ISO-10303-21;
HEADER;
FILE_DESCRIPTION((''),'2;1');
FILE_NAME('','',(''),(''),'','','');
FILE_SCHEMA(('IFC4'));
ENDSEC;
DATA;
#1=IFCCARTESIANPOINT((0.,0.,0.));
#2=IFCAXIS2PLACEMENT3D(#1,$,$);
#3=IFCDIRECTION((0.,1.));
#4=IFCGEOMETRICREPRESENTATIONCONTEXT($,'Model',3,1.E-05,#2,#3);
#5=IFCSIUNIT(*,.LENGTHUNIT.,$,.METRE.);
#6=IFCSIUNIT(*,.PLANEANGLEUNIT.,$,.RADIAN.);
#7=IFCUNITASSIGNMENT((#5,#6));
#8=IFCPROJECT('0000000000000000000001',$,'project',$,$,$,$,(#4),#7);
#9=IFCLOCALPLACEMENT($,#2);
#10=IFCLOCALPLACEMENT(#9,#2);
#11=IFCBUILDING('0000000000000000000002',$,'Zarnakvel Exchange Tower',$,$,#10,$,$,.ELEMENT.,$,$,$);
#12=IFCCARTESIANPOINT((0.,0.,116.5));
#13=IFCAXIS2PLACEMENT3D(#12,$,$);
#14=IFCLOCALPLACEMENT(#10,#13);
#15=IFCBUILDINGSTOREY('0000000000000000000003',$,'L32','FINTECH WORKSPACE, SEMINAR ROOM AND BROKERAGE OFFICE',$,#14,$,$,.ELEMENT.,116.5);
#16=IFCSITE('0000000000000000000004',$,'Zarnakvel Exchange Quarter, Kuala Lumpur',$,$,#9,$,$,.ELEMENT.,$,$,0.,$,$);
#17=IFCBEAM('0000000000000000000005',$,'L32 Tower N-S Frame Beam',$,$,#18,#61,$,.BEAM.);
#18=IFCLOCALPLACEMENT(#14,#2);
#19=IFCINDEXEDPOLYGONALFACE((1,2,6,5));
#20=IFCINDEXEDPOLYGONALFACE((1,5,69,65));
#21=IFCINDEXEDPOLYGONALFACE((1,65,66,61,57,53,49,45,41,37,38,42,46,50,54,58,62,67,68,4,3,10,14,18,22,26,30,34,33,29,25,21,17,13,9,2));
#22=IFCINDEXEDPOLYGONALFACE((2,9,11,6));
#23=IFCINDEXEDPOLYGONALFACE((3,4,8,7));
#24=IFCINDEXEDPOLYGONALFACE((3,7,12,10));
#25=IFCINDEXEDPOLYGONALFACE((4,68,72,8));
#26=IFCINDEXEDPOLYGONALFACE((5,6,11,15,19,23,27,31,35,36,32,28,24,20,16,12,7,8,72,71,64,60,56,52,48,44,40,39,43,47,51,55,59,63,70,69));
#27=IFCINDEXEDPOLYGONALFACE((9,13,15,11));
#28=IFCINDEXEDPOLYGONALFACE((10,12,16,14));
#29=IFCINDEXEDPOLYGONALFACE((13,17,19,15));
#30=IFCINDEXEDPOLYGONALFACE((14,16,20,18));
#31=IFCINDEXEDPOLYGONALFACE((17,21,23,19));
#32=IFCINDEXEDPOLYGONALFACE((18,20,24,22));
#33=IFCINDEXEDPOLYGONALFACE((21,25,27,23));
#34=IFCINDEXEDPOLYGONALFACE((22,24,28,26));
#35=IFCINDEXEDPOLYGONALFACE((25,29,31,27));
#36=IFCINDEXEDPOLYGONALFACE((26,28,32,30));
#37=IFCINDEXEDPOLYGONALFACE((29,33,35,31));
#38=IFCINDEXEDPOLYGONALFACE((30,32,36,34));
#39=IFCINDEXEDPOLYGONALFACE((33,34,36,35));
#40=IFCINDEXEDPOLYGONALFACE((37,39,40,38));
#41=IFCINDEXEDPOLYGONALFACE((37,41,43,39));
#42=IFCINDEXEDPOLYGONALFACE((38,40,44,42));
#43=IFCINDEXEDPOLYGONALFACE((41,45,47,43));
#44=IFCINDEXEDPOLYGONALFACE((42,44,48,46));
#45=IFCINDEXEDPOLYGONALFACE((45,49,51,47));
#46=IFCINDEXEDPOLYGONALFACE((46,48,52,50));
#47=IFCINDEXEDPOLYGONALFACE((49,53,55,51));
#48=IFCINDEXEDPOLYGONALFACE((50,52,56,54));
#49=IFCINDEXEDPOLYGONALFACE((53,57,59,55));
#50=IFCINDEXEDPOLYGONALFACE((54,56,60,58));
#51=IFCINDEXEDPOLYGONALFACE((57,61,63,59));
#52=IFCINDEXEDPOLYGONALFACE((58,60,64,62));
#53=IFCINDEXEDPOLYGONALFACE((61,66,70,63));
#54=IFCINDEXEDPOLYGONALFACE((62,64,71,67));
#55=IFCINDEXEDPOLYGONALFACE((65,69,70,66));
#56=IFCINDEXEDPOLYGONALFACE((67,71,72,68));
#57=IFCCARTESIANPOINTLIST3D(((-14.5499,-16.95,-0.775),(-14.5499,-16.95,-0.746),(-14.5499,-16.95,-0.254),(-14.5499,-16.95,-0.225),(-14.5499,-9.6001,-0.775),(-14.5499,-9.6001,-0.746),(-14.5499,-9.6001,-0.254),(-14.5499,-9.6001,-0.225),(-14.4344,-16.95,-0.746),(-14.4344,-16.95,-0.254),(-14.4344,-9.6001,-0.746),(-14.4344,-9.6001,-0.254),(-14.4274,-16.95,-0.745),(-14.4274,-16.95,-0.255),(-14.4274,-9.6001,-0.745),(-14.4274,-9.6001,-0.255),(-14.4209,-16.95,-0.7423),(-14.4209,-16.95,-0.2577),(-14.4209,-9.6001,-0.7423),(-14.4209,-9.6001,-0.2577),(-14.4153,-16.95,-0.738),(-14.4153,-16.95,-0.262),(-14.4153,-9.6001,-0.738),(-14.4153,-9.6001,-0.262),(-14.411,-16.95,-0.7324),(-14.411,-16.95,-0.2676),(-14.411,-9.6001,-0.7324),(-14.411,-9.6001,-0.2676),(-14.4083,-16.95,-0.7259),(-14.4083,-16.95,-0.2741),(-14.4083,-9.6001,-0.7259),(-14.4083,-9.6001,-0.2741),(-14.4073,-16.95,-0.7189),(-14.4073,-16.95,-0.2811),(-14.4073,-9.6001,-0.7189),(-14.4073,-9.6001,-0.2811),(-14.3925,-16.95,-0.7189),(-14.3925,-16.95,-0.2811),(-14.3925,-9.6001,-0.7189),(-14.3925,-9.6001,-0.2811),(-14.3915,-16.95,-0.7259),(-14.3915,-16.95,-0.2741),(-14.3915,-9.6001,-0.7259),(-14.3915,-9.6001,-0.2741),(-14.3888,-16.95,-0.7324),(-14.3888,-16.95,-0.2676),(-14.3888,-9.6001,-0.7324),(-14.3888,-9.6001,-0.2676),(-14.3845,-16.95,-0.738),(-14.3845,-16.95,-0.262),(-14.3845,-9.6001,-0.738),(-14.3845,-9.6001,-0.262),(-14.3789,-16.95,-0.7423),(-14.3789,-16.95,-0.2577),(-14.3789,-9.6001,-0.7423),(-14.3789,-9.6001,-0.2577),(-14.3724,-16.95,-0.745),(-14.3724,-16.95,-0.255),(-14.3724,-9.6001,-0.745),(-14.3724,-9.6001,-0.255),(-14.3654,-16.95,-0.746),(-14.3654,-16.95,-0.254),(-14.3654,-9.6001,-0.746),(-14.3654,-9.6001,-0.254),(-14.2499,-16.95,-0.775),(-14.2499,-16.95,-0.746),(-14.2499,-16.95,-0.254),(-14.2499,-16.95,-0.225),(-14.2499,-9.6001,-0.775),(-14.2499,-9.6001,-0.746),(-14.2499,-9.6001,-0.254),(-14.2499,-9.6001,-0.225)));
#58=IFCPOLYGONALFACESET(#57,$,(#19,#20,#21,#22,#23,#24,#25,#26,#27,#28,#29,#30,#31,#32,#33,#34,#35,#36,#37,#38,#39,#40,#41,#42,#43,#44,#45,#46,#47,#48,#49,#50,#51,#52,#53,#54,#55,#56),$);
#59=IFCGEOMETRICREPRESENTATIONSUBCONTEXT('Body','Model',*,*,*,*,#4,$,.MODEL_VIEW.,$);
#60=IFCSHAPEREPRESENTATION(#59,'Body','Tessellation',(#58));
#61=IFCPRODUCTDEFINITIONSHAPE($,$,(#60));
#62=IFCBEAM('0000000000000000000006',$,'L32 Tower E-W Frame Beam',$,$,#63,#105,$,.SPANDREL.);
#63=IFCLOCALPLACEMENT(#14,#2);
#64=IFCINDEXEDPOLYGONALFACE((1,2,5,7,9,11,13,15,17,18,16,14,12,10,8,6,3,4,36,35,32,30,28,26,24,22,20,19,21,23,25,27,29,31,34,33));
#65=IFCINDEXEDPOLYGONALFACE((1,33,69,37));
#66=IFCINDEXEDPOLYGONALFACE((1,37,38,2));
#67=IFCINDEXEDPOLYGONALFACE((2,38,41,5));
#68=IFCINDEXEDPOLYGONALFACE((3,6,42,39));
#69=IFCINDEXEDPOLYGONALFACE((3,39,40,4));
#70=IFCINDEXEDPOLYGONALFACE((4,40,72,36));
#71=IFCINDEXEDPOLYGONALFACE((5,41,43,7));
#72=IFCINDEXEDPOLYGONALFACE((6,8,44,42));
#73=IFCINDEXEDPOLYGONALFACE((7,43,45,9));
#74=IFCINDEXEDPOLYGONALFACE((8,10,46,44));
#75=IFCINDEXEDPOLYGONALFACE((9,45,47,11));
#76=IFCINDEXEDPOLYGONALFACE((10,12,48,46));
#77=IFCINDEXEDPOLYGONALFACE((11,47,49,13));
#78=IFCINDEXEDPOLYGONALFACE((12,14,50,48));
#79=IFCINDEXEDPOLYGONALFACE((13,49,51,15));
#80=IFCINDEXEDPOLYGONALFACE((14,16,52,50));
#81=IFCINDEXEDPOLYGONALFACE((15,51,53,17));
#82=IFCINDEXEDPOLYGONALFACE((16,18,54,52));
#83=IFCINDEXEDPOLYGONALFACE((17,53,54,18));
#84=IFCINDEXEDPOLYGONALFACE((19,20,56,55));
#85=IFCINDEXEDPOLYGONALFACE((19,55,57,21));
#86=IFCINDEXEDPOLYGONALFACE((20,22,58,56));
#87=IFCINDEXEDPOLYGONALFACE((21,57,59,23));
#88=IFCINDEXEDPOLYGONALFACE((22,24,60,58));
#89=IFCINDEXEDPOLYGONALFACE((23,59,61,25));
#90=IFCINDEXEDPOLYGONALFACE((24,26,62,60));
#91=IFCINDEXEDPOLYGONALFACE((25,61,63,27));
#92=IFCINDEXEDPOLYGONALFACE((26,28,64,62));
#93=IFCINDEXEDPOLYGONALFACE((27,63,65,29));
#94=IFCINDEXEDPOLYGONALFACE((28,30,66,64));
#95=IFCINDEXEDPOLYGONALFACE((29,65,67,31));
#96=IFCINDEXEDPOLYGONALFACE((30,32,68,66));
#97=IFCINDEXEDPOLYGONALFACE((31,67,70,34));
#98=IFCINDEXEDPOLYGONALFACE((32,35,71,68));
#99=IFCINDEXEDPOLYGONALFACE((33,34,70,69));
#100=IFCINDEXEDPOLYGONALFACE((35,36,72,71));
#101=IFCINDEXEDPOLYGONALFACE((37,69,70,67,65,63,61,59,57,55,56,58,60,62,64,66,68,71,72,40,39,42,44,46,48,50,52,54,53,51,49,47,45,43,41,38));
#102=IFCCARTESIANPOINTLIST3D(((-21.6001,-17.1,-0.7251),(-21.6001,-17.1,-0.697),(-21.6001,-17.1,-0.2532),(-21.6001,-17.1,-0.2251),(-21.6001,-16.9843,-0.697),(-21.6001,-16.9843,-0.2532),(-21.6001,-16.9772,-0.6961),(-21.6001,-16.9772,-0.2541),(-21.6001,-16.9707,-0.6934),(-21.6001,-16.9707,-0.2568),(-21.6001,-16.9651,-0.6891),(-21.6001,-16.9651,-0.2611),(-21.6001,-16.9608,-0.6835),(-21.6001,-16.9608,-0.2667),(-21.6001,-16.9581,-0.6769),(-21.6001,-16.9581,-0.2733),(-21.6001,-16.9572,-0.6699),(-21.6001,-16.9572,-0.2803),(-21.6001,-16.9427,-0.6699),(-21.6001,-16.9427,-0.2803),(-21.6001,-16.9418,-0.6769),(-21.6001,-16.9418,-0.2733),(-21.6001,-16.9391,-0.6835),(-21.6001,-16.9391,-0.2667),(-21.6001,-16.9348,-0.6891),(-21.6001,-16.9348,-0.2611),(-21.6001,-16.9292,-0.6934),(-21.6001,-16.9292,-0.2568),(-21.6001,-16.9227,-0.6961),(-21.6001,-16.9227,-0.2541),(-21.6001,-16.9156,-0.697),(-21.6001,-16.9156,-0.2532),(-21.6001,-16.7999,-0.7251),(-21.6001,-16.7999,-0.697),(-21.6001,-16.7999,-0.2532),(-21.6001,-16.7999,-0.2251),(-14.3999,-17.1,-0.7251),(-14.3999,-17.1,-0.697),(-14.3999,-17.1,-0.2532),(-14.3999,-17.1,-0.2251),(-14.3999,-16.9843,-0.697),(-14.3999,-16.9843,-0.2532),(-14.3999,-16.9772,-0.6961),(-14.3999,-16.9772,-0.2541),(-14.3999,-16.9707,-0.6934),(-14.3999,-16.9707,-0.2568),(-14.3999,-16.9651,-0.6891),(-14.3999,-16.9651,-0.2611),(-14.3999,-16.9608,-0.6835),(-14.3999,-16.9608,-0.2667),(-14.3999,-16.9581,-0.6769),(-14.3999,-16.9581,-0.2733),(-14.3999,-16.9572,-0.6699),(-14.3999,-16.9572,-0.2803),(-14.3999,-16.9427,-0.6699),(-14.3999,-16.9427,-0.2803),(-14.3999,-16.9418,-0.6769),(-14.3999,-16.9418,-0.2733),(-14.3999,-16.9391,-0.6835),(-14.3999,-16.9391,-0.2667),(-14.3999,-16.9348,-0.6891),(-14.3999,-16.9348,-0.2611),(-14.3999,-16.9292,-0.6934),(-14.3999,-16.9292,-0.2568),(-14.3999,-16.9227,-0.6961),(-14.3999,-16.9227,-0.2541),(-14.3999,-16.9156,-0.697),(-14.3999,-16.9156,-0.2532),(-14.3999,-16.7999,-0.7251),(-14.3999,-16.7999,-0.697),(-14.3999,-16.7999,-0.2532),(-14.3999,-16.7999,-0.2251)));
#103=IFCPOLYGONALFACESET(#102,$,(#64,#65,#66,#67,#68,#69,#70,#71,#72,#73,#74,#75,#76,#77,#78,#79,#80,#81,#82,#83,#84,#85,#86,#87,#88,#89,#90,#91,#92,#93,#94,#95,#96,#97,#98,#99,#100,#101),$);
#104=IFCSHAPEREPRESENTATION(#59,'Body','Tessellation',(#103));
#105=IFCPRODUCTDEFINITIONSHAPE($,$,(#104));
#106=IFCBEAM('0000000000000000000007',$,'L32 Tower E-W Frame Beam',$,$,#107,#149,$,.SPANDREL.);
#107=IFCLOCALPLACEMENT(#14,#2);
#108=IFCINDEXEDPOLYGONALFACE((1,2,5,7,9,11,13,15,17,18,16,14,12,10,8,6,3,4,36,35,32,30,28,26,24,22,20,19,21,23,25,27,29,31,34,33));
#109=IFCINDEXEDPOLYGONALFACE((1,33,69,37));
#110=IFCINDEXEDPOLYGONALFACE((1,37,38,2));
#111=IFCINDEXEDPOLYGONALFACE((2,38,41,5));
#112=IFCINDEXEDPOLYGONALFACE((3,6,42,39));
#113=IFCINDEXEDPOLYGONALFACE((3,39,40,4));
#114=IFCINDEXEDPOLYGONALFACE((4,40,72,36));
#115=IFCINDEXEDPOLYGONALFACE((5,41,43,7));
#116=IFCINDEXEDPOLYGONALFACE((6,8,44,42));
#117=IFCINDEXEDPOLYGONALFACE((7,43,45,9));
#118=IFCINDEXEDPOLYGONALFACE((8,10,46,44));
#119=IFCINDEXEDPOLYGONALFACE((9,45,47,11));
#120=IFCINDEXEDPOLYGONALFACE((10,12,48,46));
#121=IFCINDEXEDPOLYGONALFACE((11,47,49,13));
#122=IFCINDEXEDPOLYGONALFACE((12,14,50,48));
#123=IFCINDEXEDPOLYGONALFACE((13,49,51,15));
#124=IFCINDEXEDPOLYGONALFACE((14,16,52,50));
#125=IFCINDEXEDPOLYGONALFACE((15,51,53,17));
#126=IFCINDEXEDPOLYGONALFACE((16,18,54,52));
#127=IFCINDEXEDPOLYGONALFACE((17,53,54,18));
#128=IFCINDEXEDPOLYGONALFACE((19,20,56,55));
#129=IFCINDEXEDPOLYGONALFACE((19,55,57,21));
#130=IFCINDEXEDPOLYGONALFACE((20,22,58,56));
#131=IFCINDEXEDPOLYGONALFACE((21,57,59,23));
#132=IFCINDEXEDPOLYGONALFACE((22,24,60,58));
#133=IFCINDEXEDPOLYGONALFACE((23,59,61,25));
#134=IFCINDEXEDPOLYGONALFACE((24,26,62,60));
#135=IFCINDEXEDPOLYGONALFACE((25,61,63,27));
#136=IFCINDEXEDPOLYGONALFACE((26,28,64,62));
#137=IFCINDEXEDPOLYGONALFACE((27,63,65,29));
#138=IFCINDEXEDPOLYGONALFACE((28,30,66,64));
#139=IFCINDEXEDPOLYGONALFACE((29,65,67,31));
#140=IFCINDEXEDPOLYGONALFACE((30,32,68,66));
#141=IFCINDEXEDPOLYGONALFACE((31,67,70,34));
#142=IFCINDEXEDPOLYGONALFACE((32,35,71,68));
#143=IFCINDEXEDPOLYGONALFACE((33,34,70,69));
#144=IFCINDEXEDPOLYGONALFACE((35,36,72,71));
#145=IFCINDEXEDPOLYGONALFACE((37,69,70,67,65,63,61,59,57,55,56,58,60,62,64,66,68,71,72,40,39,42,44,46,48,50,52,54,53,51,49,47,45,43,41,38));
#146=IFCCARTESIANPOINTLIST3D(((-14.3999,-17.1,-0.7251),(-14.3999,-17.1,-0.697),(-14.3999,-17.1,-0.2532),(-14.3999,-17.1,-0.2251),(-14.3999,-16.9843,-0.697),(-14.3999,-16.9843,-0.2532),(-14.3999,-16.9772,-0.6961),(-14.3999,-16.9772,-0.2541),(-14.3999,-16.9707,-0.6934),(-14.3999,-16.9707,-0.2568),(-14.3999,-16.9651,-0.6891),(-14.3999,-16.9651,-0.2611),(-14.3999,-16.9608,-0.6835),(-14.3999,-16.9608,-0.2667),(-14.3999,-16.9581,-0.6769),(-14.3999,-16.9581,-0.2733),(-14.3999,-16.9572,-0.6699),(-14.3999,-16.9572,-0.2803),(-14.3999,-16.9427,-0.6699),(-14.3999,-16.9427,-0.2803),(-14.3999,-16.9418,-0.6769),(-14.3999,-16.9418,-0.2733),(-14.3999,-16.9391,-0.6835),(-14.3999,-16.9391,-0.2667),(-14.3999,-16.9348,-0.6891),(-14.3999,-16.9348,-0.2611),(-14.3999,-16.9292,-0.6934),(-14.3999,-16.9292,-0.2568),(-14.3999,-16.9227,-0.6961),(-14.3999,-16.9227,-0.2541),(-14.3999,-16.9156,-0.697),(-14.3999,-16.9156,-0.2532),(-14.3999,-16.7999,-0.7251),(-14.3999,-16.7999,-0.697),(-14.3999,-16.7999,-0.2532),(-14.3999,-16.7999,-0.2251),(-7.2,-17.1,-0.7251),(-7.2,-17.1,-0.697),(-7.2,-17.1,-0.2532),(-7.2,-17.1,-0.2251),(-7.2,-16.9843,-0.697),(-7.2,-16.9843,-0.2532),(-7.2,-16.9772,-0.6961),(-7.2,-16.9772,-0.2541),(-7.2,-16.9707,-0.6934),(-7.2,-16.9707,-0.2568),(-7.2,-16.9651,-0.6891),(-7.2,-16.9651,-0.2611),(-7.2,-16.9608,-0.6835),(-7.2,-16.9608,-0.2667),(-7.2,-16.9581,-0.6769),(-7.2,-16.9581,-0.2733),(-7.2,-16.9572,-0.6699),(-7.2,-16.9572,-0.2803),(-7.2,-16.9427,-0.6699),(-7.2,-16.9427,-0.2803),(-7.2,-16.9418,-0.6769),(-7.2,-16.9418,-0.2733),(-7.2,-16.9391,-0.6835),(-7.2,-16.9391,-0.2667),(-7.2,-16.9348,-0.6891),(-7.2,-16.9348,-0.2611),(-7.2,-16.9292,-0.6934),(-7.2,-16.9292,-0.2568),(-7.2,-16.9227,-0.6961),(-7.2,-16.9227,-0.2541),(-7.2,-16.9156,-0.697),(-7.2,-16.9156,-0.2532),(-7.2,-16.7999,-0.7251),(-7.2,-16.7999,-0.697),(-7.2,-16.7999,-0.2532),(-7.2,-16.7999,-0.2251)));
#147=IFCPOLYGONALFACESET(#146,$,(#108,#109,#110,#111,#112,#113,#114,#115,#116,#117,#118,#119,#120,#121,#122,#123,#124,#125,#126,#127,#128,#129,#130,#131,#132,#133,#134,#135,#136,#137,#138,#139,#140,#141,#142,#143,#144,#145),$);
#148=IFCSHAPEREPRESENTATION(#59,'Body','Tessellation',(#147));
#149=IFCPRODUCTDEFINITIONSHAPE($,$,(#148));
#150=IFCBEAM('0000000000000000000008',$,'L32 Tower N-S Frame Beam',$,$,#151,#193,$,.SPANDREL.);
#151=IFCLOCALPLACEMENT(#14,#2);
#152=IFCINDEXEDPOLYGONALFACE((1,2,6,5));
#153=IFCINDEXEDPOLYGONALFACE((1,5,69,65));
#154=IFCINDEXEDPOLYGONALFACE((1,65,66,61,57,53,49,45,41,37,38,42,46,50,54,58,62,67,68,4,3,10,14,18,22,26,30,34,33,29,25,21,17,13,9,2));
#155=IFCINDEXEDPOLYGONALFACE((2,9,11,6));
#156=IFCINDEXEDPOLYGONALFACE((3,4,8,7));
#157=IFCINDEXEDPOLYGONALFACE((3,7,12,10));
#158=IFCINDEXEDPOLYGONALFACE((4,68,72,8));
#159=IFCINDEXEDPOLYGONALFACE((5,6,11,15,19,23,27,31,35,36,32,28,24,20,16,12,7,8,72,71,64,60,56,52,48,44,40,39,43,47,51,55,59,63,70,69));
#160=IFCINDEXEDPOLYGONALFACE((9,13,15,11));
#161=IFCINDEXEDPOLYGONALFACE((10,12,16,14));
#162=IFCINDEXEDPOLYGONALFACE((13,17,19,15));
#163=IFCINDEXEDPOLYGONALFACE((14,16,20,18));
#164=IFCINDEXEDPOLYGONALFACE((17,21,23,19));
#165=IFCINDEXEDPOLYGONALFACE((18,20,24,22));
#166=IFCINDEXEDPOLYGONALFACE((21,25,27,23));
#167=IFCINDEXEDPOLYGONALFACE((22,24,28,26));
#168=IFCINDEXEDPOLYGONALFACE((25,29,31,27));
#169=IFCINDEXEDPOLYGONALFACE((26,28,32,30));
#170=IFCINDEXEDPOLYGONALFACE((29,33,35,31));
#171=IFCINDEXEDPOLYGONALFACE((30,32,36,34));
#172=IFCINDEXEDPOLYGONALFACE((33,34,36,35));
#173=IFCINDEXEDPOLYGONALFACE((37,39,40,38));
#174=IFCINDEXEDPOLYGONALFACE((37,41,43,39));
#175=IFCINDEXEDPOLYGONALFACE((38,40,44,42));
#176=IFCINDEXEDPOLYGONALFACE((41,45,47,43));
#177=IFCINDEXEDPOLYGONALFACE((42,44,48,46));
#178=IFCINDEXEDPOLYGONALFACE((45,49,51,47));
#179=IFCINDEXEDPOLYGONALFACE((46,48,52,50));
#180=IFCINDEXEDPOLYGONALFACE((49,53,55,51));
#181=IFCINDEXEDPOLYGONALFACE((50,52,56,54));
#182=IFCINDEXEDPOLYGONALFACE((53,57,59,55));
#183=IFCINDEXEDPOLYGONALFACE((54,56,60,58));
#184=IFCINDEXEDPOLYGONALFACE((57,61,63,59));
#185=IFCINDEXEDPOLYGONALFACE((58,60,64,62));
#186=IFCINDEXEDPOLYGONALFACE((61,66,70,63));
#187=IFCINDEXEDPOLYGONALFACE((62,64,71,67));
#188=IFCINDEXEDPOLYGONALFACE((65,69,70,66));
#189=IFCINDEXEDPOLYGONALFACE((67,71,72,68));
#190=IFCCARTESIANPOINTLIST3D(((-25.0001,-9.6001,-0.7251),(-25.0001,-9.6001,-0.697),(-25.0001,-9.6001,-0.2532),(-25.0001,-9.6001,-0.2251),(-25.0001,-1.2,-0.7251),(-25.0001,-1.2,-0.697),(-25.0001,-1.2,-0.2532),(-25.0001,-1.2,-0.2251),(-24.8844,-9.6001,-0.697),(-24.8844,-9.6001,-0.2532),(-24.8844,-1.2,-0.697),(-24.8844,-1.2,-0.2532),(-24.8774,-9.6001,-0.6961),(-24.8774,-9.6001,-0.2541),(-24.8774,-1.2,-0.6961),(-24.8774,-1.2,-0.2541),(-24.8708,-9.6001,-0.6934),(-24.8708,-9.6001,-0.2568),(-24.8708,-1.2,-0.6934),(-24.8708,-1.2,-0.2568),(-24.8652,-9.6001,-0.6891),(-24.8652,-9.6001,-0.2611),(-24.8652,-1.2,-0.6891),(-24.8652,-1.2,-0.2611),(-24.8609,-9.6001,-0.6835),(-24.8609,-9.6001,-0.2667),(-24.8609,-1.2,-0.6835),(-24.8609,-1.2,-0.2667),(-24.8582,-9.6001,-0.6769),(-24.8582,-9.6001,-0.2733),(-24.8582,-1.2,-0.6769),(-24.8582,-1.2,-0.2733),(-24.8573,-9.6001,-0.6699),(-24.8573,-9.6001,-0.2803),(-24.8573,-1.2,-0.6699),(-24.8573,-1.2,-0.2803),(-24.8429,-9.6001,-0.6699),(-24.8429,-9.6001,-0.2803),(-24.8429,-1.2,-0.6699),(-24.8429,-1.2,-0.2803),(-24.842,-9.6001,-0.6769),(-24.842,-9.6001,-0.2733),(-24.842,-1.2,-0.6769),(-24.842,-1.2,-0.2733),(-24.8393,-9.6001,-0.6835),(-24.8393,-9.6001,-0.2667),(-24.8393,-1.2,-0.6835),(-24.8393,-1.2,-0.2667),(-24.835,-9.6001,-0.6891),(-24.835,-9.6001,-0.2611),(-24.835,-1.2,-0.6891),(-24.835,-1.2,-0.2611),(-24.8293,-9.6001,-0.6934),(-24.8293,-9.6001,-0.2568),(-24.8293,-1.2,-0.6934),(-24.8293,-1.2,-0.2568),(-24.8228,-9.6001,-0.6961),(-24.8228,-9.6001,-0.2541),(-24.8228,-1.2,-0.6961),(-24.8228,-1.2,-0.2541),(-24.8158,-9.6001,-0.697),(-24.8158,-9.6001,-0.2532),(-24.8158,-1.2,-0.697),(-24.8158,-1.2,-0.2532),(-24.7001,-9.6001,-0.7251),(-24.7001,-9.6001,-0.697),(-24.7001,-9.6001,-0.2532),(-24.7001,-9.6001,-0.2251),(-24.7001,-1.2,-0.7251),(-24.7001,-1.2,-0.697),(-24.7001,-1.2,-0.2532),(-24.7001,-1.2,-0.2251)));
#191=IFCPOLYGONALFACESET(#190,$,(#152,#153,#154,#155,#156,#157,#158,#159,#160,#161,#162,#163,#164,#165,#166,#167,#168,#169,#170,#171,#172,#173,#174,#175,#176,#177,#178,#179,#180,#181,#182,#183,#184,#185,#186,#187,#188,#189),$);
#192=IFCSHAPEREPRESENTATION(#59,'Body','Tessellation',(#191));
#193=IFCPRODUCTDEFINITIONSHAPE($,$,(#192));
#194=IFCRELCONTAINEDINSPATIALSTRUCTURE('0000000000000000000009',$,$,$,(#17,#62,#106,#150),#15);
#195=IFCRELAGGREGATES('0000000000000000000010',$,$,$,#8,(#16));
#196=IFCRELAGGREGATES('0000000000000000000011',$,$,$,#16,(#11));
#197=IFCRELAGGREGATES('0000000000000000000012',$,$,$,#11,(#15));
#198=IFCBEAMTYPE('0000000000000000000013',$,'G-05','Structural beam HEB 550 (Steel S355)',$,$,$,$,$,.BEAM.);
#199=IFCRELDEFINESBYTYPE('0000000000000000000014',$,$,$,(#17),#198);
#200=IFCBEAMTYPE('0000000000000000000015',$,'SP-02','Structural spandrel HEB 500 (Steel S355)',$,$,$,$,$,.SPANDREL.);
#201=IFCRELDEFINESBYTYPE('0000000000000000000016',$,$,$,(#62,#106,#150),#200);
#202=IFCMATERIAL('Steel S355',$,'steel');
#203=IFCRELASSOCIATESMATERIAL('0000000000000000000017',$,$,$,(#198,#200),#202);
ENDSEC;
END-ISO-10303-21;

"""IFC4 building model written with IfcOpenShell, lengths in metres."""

from ifc_helpers import new_model, si_unit, direction, frame, origin, origin_2d, place, context, subcontext, project, spatial, i_section, extrude, material, material_profile, profile_set, type_object, element, save


model = new_model("IFC4")

# Units and contexts
model_context = context("Model", 3, precision=1e-05, world=origin(), true_north=direction((0.0, 1.0)))
body_context = subcontext(model_context, "Body", "Model", "MODEL_VIEW")
ifc_project = project(units=[si_unit("LENGTHUNIT", "METRE"), si_unit("PLANEANGLEUNIT", "RADIAN")], contexts=[model_context])

# Site, building, storey
site_placement = place(None, origin())
site = spatial("IfcSite", under=ifc_project, at=site_placement, Name="Zarnakvel Exchange Quarter, Kuala Lumpur", CompositionType="ELEMENT", RefElevation=0.0)
building_placement = place(site_placement, origin())
building = spatial("IfcBuilding", under=site, at=building_placement, Name="Zarnakvel Exchange Tower", CompositionType="ELEMENT")
storey_placement = place(building_placement, frame((0.0, 0.0, 116.5)))
storey = spatial("IfcBuildingStorey", under=building, at=storey_placement, Name="L32", Description="FINTECH WORKSPACE, SEMINAR ROOM AND BROKERAGE OFFICE", CompositionType="ELEMENT", Elevation=116.5)

# Shared definitions
ifc_material_1 = material(Name="Steel S355", Category="steel")

# Beams
ifc_material_profile_1 = material_profile(ifc_material_1, i_section(OverallWidth=0.3, OverallDepth=0.55, WebThickness=0.0149, FlangeThickness=0.0291, FilletRadius=0.0271, at=origin_2d()))
ifc_profile_set_1 = profile_set([ifc_material_profile_1], Name="Steel S355")
beam_type_1 = type_object("IfcBeamType", Name="G-05", Description="Structural beam HEB 550 (Steel S355)", PredefinedType="BEAM", material=ifc_profile_set_1)
beam_1_placement = place(storey_placement, frame((-14.3999, -16.95, -0.5), z_axis=(0.0, 1.0, 0.0), x_axis=(-1.0, 0.0, 0.0)))
element("IfcBeam", 1, at=beam_1_placement, inside=storey, type_object=beam_type_1, Name="L32 Tower N-S Frame Beam", PredefinedType="BEAM", context=body_context, shape_type="SweptSolid", body=[
    extrude(i_section(OverallWidth=0.3, OverallDepth=0.55, WebThickness=0.0149, FlangeThickness=0.0291, FilletRadius=0.0271, at=origin_2d()), origin(), (0.0, 0.0, 1.0), 7.3499),
])
ifc_material_profile_2 = material_profile(ifc_material_1, i_section(OverallWidth=0.3, OverallDepth=0.5, WebThickness=0.0144, FlangeThickness=0.0281, FilletRadius=0.0271, at=origin_2d()))
ifc_profile_set_2 = profile_set([ifc_material_profile_2], Name="Steel S355")
beam_type_2 = type_object("IfcBeamType", Name="SP-02", Description="Structural spandrel HEB 500 (Steel S355)", PredefinedType="SPANDREL", material=ifc_profile_set_2)
beam_2_placement = place(storey_placement, frame((-21.6001, -16.95, -0.4751), z_axis=(1.0, 0.0, 0.0), x_axis=(0.0, 1.0, 0.0)))
element("IfcBeam", 2, at=beam_2_placement, inside=storey, type_object=beam_type_2, Name="L32 Tower E-W Frame Beam", PredefinedType="SPANDREL", context=body_context, shape_type="SweptSolid", body=[
    extrude(i_section(OverallWidth=0.3, OverallDepth=0.5, WebThickness=0.0144, FlangeThickness=0.0281, FilletRadius=0.0271, at=origin_2d()), origin(), (0.0, 0.0, 1.0), 7.2002),
])
beam_3_placement = place(storey_placement, frame((-14.3999, -16.95, -0.4751), z_axis=(1.0, 0.0, 0.0), x_axis=(0.0, 1.0, 0.0)))
element("IfcBeam", 3, at=beam_3_placement, inside=storey, type_object=beam_type_2, Name="L32 Tower E-W Frame Beam", PredefinedType="SPANDREL", context=body_context, shape_type="SweptSolid", body=[
    extrude(i_section(OverallWidth=0.3, OverallDepth=0.5, WebThickness=0.0144, FlangeThickness=0.0281, FilletRadius=0.0271, at=origin_2d()), origin(), (0.0, 0.0, 1.0), 7.2),
])
beam_4_placement = place(storey_placement, frame((-24.8501, -9.6001, -0.4751), z_axis=(0.0, 1.0, 0.0), x_axis=(-1.0, 0.0, 0.0)))
element("IfcBeam", 4, at=beam_4_placement, inside=storey, type_object=beam_type_2, Name="L32 Tower N-S Frame Beam", PredefinedType="SPANDREL", context=body_context, shape_type="SweptSolid", body=[
    extrude(i_section(OverallWidth=0.3, OverallDepth=0.5, WebThickness=0.0144, FlangeThickness=0.0281, FilletRadius=0.0271, at=origin_2d()), origin(), (0.0, 0.0, 1.0), 8.4001),
])

save(model, "model.ifc")
